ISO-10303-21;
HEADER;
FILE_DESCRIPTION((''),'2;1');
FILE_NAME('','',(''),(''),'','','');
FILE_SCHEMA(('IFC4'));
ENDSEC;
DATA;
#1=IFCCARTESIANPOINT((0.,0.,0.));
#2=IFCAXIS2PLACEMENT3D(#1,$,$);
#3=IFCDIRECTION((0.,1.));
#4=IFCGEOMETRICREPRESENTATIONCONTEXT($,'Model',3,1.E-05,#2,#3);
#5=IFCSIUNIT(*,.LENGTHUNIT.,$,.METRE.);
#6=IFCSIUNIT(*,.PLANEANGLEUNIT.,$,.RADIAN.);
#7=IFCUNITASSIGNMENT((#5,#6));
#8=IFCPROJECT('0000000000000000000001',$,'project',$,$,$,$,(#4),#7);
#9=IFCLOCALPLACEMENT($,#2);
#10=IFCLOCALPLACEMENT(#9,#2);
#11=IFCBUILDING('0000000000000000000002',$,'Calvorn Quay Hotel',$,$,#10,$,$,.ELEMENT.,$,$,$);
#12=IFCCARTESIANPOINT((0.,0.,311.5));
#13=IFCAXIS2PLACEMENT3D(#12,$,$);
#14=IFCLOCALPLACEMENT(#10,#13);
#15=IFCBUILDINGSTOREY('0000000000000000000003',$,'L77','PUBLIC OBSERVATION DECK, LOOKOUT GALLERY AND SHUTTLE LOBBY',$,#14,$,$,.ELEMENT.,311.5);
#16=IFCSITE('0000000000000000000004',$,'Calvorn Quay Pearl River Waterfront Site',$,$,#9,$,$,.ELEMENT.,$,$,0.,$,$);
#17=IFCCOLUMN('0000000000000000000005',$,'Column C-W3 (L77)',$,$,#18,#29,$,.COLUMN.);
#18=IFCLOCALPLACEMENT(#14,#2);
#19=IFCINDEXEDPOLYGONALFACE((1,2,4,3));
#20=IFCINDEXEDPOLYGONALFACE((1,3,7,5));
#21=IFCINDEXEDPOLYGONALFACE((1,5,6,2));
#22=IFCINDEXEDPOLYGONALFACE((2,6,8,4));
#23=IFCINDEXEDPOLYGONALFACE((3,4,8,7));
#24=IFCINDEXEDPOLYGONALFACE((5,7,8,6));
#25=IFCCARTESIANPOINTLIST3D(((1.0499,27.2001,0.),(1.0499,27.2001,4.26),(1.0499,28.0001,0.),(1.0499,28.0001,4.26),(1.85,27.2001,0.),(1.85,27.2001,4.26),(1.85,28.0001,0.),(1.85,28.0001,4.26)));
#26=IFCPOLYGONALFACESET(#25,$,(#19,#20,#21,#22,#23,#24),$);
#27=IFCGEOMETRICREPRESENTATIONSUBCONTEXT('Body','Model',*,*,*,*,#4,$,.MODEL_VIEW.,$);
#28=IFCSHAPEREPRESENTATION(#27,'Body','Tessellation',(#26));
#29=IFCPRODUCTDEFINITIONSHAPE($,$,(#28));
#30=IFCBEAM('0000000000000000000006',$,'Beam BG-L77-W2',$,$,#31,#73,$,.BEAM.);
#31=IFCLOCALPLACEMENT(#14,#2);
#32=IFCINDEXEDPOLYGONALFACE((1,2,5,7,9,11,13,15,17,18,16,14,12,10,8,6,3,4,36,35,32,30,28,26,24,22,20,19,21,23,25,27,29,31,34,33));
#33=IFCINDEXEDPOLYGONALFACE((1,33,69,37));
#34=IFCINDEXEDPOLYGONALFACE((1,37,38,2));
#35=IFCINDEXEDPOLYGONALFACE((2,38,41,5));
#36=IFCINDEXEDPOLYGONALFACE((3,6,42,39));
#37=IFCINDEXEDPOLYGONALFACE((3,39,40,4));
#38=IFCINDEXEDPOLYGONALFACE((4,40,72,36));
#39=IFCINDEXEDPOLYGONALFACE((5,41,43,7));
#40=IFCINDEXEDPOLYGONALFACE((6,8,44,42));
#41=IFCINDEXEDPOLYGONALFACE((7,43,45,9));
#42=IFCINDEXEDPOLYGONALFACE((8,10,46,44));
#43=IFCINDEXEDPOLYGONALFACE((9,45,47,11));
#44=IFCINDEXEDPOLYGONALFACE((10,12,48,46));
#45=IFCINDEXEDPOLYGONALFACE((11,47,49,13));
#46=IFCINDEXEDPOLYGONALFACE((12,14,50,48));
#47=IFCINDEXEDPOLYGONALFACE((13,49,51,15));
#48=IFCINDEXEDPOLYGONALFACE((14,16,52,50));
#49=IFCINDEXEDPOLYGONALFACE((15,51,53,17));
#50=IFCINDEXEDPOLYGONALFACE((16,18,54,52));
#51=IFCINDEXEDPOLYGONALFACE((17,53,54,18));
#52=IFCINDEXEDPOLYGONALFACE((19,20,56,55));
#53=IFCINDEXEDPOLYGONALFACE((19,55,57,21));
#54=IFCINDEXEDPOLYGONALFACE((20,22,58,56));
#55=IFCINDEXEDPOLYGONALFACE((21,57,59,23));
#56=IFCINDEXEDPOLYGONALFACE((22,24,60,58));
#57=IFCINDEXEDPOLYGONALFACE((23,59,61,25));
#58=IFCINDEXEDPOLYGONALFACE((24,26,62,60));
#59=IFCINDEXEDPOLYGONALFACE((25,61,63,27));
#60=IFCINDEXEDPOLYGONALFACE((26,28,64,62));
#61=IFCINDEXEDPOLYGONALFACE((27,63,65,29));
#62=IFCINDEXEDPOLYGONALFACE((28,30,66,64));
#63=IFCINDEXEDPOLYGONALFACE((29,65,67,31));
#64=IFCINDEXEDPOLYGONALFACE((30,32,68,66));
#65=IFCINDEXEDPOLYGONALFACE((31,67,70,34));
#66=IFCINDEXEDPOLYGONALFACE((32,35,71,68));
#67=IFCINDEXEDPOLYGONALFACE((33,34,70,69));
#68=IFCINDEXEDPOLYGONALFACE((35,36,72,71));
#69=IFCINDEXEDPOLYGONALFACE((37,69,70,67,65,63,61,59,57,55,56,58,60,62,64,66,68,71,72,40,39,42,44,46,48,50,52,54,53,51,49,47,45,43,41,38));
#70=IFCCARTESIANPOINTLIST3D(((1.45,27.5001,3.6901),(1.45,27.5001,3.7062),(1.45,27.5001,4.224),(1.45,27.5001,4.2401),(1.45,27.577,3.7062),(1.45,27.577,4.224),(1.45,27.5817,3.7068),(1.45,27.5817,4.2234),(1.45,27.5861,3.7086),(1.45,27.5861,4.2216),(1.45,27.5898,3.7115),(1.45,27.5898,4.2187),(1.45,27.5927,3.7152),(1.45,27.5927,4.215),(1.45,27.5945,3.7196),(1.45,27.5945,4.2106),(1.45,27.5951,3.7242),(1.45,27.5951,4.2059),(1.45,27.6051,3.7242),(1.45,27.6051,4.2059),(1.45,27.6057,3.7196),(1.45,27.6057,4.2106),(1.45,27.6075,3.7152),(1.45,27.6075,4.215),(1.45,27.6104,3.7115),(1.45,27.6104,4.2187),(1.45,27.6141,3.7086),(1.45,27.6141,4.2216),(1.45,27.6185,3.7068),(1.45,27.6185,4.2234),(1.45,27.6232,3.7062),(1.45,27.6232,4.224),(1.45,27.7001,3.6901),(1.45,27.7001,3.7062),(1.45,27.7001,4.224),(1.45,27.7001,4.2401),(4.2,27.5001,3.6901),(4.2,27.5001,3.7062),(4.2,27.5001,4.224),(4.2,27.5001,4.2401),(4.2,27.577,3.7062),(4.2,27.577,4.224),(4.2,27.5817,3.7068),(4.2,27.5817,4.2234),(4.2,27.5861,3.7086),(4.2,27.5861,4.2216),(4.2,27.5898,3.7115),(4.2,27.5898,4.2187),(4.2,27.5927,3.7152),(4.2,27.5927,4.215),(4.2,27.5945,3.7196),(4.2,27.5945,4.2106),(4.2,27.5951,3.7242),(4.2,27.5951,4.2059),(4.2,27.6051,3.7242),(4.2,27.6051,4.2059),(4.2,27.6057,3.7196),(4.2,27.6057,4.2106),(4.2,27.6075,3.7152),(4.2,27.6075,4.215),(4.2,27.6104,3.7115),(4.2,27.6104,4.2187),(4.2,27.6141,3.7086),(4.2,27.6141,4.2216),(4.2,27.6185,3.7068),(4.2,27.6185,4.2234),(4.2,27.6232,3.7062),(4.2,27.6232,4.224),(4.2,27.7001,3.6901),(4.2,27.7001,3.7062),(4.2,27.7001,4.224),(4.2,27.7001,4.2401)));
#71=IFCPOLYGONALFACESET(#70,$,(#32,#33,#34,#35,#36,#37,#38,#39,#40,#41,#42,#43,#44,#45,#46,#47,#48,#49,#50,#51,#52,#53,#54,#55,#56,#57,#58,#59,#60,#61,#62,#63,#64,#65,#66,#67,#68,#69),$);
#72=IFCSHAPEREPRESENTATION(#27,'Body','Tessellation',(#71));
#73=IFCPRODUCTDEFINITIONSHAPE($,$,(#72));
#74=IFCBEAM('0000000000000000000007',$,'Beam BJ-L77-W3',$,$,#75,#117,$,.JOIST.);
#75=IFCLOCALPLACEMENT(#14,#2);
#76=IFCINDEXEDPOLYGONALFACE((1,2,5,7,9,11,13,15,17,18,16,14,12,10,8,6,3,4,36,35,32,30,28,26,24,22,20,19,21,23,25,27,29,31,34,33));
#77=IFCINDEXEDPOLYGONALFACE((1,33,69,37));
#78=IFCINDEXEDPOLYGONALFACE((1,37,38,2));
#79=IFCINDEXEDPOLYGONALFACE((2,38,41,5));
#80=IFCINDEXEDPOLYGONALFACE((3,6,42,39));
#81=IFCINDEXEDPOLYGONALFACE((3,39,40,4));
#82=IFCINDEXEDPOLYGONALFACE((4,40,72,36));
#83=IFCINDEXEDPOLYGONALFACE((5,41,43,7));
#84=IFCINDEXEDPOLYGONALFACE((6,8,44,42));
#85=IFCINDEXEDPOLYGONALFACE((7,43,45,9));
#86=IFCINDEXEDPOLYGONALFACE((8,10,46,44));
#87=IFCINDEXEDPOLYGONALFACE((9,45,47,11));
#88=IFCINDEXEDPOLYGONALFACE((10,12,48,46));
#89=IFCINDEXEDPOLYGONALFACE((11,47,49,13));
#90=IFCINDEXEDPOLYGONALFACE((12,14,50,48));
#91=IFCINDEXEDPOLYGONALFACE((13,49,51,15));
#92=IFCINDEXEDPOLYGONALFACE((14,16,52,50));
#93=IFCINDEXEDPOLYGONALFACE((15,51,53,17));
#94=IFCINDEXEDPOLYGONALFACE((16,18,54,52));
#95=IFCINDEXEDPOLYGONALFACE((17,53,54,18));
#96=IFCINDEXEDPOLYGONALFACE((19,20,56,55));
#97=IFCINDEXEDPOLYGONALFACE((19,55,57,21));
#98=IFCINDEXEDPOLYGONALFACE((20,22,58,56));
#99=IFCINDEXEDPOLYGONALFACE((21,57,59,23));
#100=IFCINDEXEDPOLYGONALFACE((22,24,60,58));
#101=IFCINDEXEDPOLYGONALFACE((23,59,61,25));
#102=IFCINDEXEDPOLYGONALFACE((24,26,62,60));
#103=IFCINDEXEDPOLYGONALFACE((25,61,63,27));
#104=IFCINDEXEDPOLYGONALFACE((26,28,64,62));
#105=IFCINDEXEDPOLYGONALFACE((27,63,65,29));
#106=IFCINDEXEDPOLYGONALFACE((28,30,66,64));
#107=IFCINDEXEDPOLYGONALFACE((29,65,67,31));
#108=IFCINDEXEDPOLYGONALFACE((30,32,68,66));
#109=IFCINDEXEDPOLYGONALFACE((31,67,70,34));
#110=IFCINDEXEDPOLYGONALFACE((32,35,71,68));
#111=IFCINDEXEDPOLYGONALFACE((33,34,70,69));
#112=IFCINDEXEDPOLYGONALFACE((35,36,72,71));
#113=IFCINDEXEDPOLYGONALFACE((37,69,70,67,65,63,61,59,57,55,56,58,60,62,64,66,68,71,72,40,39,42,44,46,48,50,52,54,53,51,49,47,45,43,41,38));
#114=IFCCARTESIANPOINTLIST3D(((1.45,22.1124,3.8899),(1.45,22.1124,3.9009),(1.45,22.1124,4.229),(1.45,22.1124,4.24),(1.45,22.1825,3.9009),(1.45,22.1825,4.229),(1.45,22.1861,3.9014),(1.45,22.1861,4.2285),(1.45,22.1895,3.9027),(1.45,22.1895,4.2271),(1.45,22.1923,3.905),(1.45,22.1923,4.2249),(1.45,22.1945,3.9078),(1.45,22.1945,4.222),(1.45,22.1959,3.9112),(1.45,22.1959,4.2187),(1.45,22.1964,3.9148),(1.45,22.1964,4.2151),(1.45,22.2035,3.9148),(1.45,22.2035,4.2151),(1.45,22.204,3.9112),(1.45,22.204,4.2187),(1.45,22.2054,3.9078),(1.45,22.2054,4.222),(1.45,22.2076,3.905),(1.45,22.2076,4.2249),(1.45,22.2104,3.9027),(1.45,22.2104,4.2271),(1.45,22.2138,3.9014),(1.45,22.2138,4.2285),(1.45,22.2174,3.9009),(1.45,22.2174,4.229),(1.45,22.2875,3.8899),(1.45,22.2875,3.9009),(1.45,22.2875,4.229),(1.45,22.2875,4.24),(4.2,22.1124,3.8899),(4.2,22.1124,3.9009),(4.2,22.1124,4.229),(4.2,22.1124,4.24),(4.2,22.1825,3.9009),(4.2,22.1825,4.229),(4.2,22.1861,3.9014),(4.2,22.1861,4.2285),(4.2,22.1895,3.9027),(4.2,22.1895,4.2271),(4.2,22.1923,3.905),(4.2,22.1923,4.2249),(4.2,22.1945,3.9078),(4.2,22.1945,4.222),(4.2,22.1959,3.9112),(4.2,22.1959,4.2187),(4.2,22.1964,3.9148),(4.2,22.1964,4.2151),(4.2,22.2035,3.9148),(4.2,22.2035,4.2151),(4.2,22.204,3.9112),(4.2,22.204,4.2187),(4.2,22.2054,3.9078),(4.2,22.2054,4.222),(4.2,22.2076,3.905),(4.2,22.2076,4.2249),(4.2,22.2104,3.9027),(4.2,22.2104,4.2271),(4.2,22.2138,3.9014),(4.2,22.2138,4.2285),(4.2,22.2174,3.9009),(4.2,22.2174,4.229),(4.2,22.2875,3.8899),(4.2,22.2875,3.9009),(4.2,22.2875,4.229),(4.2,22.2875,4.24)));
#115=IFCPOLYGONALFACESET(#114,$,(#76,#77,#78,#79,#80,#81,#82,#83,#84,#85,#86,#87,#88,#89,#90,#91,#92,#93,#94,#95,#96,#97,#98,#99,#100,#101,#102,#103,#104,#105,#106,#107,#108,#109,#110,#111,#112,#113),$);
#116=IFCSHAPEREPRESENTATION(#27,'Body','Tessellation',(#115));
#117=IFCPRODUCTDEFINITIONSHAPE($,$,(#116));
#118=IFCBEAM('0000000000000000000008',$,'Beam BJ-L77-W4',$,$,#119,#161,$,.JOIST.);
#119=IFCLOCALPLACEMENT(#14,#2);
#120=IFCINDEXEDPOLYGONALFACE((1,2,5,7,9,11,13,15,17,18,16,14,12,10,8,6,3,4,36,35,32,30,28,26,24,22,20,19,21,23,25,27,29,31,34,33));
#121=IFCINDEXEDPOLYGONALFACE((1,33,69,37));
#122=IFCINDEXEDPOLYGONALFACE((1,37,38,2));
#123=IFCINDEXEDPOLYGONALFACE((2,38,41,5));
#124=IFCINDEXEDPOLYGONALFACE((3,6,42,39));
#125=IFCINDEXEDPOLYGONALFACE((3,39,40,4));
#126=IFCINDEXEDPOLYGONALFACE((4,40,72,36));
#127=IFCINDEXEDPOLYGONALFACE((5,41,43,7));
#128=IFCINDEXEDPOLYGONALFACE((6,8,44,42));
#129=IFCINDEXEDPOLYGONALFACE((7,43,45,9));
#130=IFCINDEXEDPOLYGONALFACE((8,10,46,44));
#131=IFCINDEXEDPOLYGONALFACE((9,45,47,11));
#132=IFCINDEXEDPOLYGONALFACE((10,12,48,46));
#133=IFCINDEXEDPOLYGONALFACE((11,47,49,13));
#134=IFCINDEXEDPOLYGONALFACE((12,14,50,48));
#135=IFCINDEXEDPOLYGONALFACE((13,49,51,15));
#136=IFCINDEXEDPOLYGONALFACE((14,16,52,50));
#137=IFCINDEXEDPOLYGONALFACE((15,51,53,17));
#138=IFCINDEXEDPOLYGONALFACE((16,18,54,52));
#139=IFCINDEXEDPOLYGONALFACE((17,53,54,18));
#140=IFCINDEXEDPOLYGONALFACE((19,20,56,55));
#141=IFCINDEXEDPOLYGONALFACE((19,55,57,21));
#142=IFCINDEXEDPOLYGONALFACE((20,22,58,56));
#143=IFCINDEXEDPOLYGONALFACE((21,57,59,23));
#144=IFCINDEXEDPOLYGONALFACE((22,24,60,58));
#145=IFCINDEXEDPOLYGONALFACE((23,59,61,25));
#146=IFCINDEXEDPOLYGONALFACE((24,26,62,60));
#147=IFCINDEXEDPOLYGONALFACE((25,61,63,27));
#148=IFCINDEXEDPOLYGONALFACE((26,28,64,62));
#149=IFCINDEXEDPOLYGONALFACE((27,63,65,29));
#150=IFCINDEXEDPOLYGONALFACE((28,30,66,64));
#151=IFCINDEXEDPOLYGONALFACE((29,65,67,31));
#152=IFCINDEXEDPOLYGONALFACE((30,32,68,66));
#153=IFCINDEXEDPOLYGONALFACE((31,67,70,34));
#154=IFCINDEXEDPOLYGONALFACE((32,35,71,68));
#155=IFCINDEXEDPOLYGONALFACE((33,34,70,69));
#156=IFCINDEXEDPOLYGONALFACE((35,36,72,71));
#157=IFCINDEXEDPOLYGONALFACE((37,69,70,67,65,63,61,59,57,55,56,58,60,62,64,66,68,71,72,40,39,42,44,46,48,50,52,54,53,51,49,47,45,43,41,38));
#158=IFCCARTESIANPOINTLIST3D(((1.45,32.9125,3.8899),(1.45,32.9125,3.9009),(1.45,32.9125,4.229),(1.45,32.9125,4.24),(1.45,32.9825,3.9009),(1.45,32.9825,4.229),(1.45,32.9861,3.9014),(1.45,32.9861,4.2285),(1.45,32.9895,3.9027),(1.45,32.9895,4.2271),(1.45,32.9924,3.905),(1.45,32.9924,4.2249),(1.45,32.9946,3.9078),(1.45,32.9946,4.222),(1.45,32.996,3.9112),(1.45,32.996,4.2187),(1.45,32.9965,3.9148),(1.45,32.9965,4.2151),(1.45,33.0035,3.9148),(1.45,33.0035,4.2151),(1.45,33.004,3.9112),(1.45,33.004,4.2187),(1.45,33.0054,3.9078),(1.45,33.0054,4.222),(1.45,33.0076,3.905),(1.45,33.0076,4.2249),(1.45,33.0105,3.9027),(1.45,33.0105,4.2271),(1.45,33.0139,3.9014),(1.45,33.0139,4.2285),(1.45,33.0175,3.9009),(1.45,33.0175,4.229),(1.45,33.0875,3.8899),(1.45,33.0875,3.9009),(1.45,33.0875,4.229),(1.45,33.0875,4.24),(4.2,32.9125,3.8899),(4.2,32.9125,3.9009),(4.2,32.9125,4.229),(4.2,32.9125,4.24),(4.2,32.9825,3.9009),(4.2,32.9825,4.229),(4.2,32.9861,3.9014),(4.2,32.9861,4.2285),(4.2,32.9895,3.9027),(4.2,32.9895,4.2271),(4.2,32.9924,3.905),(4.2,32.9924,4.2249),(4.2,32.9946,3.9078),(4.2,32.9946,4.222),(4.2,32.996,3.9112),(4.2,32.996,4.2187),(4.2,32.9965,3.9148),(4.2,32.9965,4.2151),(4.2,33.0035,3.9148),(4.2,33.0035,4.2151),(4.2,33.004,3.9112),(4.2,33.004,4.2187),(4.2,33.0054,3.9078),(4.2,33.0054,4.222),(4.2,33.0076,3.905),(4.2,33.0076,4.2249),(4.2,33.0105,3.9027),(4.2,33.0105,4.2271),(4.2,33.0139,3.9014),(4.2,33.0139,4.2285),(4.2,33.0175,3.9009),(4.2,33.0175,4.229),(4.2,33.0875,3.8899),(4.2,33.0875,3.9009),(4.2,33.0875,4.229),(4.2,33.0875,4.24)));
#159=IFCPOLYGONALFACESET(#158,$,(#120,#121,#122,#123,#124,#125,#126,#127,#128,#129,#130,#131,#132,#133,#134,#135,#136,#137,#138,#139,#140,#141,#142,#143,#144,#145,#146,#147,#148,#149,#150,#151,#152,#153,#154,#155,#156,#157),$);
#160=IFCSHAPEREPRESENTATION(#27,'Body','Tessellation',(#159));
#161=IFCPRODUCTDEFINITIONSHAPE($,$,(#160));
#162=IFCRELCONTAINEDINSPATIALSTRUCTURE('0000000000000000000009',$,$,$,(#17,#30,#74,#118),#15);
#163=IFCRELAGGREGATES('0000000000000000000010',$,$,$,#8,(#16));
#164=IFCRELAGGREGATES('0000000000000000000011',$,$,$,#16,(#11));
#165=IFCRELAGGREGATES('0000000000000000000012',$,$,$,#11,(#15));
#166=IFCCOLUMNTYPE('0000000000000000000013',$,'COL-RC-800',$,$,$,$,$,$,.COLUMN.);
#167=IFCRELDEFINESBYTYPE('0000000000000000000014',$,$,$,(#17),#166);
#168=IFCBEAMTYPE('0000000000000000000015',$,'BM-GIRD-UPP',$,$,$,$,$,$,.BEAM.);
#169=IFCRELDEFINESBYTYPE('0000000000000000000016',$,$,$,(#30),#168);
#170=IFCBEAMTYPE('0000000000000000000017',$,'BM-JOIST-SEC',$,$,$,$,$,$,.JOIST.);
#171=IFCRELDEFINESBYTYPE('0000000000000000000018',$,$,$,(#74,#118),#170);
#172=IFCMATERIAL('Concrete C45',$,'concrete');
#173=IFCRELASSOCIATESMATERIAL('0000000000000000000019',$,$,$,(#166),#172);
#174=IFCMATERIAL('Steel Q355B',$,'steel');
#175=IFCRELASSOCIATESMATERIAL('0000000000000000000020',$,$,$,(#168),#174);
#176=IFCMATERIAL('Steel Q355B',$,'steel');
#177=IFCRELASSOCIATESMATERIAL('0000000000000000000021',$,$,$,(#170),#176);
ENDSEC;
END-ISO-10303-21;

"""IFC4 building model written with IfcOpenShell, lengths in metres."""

from ifc_helpers import new_model, si_unit, direction, frame, origin, origin_2d, place, context, subcontext, project, spatial, rectangle, i_section, extrude, material, material_profile, profile_set, type_object, element, save


model = new_model("IFC4")

# Units and contexts
model_context = context("Model", 3, precision=1e-05, world=origin(), true_north=direction((0.0, 1.0)))
body_context = subcontext(model_context, "Body", "Model", "MODEL_VIEW")
ifc_project = project(units=[si_unit("LENGTHUNIT", "METRE"), si_unit("PLANEANGLEUNIT", "RADIAN")], contexts=[model_context])

# Site, building, storey
site_placement = place(None, origin())
site = spatial("IfcSite", under=ifc_project, at=site_placement, Name="Calvorn Quay Pearl River Waterfront Site", CompositionType="ELEMENT", RefElevation=0.0)
building_placement = place(site_placement, origin())
building = spatial("IfcBuilding", under=site, at=building_placement, Name="Calvorn Quay Hotel", CompositionType="ELEMENT")
storey_placement = place(building_placement, frame((0.0, 0.0, 311.5)))
storey = spatial("IfcBuildingStorey", under=building, at=storey_placement, Name="L77", Description="PUBLIC OBSERVATION DECK, LOOKOUT GALLERY AND SHUTTLE LOBBY", CompositionType="ELEMENT", Elevation=311.5)

# Column
ifc_material_1 = material(Name="Concrete C45", Category="concrete")
ifc_material_profile_1 = material_profile(ifc_material_1, rectangle(XDim=0.8, YDim=0.8, at=origin_2d()), Name="RC800x800")
ifc_profile_set_1 = profile_set([ifc_material_profile_1], Name="Concrete C45")
column_type = type_object("IfcColumnType", Name="COL-RC-800", PredefinedType="COLUMN", material=ifc_profile_set_1)
column_placement = place(storey_placement, frame((1.45, 27.6001, 0.0), z_axis=(0.0, 0.0, 1.0), x_axis=(1.0, 0.0, 0.0)))
element("IfcColumn", 1, at=column_placement, inside=storey, type_object=column_type, Name="Column C-W3 (L77)", PredefinedType="COLUMN", context=body_context, shape_type="SweptSolid", body=[
    extrude(rectangle(XDim=0.8, YDim=0.8, at=origin_2d()), origin(), (0.0, 0.0, 1.0), 4.26),
])

# Beams
ifc_material_2 = material(Name="Steel Q355B", Category="steel")
ifc_material_profile_2 = material_profile(ifc_material_2, i_section(OverallWidth=0.2, OverallDepth=0.55, WebThickness=0.01, FlangeThickness=0.0161, FilletRadius=0.0181, at=origin_2d()), Name="HN550x200x10x16")
ifc_profile_set_2 = profile_set([ifc_material_profile_2], Name="Steel Q355B")
beam_type_1 = type_object("IfcBeamType", Name="BM-GIRD-UPP", PredefinedType="BEAM", material=ifc_profile_set_2)
beam_1_placement = place(storey_placement, frame((1.45, 27.6001, 3.9651), z_axis=(1.0, 0.0, 0.0), x_axis=(0.0, 1.0, 0.0)))
element("IfcBeam", 2, at=beam_1_placement, inside=storey, type_object=beam_type_1, Name="Beam BG-L77-W2", PredefinedType="BEAM", context=body_context, shape_type="SweptSolid", body=[
    extrude(i_section(OverallWidth=0.2, OverallDepth=0.55, WebThickness=0.01, FlangeThickness=0.0161, FilletRadius=0.0181, at=origin_2d()), origin(), (0.0, 0.0, 1.0), 2.75),
])
ifc_material_3 = material(Name="Steel Q355B", Category="steel")
ifc_material_profile_3 = material_profile(ifc_material_3, i_section(OverallWidth=0.175, OverallDepth=0.3501, WebThickness=0.0071, FlangeThickness=0.011, FilletRadius=0.0139, at=origin_2d()), Name="HN350x175x7x11")
ifc_profile_set_3 = profile_set([ifc_material_profile_3], Name="Steel Q355B")
beam_type_2 = type_object("IfcBeamType", Name="BM-JOIST-SEC", PredefinedType="JOIST", material=ifc_profile_set_3)
for number, where, z_axis, x_axis, name in (
    (3, (1.45, 22.2, 4.0649), (1.0, 0.0, 0.0), (0.0, 1.0, 0.0), "Beam BJ-L77-W3"),
    (4, (1.45, 33.0, 4.0649), (1.0, 0.0, 0.0), (0.0, 1.0, 0.0), "Beam BJ-L77-W4"),
):
    element("IfcBeam", number, at=place(storey_placement, frame(where, z_axis=z_axis, x_axis=x_axis)), inside=storey, type_object=beam_type_2, Name=name, PredefinedType="JOIST", context=body_context, shape_type="SweptSolid", body=[
        extrude(i_section(OverallWidth=0.175, OverallDepth=0.3501, WebThickness=0.0071, FlangeThickness=0.011, FilletRadius=0.0139, at=origin_2d()), origin(), (0.0, 0.0, 1.0), 2.75),
    ])

save(model, "model.ifc")
